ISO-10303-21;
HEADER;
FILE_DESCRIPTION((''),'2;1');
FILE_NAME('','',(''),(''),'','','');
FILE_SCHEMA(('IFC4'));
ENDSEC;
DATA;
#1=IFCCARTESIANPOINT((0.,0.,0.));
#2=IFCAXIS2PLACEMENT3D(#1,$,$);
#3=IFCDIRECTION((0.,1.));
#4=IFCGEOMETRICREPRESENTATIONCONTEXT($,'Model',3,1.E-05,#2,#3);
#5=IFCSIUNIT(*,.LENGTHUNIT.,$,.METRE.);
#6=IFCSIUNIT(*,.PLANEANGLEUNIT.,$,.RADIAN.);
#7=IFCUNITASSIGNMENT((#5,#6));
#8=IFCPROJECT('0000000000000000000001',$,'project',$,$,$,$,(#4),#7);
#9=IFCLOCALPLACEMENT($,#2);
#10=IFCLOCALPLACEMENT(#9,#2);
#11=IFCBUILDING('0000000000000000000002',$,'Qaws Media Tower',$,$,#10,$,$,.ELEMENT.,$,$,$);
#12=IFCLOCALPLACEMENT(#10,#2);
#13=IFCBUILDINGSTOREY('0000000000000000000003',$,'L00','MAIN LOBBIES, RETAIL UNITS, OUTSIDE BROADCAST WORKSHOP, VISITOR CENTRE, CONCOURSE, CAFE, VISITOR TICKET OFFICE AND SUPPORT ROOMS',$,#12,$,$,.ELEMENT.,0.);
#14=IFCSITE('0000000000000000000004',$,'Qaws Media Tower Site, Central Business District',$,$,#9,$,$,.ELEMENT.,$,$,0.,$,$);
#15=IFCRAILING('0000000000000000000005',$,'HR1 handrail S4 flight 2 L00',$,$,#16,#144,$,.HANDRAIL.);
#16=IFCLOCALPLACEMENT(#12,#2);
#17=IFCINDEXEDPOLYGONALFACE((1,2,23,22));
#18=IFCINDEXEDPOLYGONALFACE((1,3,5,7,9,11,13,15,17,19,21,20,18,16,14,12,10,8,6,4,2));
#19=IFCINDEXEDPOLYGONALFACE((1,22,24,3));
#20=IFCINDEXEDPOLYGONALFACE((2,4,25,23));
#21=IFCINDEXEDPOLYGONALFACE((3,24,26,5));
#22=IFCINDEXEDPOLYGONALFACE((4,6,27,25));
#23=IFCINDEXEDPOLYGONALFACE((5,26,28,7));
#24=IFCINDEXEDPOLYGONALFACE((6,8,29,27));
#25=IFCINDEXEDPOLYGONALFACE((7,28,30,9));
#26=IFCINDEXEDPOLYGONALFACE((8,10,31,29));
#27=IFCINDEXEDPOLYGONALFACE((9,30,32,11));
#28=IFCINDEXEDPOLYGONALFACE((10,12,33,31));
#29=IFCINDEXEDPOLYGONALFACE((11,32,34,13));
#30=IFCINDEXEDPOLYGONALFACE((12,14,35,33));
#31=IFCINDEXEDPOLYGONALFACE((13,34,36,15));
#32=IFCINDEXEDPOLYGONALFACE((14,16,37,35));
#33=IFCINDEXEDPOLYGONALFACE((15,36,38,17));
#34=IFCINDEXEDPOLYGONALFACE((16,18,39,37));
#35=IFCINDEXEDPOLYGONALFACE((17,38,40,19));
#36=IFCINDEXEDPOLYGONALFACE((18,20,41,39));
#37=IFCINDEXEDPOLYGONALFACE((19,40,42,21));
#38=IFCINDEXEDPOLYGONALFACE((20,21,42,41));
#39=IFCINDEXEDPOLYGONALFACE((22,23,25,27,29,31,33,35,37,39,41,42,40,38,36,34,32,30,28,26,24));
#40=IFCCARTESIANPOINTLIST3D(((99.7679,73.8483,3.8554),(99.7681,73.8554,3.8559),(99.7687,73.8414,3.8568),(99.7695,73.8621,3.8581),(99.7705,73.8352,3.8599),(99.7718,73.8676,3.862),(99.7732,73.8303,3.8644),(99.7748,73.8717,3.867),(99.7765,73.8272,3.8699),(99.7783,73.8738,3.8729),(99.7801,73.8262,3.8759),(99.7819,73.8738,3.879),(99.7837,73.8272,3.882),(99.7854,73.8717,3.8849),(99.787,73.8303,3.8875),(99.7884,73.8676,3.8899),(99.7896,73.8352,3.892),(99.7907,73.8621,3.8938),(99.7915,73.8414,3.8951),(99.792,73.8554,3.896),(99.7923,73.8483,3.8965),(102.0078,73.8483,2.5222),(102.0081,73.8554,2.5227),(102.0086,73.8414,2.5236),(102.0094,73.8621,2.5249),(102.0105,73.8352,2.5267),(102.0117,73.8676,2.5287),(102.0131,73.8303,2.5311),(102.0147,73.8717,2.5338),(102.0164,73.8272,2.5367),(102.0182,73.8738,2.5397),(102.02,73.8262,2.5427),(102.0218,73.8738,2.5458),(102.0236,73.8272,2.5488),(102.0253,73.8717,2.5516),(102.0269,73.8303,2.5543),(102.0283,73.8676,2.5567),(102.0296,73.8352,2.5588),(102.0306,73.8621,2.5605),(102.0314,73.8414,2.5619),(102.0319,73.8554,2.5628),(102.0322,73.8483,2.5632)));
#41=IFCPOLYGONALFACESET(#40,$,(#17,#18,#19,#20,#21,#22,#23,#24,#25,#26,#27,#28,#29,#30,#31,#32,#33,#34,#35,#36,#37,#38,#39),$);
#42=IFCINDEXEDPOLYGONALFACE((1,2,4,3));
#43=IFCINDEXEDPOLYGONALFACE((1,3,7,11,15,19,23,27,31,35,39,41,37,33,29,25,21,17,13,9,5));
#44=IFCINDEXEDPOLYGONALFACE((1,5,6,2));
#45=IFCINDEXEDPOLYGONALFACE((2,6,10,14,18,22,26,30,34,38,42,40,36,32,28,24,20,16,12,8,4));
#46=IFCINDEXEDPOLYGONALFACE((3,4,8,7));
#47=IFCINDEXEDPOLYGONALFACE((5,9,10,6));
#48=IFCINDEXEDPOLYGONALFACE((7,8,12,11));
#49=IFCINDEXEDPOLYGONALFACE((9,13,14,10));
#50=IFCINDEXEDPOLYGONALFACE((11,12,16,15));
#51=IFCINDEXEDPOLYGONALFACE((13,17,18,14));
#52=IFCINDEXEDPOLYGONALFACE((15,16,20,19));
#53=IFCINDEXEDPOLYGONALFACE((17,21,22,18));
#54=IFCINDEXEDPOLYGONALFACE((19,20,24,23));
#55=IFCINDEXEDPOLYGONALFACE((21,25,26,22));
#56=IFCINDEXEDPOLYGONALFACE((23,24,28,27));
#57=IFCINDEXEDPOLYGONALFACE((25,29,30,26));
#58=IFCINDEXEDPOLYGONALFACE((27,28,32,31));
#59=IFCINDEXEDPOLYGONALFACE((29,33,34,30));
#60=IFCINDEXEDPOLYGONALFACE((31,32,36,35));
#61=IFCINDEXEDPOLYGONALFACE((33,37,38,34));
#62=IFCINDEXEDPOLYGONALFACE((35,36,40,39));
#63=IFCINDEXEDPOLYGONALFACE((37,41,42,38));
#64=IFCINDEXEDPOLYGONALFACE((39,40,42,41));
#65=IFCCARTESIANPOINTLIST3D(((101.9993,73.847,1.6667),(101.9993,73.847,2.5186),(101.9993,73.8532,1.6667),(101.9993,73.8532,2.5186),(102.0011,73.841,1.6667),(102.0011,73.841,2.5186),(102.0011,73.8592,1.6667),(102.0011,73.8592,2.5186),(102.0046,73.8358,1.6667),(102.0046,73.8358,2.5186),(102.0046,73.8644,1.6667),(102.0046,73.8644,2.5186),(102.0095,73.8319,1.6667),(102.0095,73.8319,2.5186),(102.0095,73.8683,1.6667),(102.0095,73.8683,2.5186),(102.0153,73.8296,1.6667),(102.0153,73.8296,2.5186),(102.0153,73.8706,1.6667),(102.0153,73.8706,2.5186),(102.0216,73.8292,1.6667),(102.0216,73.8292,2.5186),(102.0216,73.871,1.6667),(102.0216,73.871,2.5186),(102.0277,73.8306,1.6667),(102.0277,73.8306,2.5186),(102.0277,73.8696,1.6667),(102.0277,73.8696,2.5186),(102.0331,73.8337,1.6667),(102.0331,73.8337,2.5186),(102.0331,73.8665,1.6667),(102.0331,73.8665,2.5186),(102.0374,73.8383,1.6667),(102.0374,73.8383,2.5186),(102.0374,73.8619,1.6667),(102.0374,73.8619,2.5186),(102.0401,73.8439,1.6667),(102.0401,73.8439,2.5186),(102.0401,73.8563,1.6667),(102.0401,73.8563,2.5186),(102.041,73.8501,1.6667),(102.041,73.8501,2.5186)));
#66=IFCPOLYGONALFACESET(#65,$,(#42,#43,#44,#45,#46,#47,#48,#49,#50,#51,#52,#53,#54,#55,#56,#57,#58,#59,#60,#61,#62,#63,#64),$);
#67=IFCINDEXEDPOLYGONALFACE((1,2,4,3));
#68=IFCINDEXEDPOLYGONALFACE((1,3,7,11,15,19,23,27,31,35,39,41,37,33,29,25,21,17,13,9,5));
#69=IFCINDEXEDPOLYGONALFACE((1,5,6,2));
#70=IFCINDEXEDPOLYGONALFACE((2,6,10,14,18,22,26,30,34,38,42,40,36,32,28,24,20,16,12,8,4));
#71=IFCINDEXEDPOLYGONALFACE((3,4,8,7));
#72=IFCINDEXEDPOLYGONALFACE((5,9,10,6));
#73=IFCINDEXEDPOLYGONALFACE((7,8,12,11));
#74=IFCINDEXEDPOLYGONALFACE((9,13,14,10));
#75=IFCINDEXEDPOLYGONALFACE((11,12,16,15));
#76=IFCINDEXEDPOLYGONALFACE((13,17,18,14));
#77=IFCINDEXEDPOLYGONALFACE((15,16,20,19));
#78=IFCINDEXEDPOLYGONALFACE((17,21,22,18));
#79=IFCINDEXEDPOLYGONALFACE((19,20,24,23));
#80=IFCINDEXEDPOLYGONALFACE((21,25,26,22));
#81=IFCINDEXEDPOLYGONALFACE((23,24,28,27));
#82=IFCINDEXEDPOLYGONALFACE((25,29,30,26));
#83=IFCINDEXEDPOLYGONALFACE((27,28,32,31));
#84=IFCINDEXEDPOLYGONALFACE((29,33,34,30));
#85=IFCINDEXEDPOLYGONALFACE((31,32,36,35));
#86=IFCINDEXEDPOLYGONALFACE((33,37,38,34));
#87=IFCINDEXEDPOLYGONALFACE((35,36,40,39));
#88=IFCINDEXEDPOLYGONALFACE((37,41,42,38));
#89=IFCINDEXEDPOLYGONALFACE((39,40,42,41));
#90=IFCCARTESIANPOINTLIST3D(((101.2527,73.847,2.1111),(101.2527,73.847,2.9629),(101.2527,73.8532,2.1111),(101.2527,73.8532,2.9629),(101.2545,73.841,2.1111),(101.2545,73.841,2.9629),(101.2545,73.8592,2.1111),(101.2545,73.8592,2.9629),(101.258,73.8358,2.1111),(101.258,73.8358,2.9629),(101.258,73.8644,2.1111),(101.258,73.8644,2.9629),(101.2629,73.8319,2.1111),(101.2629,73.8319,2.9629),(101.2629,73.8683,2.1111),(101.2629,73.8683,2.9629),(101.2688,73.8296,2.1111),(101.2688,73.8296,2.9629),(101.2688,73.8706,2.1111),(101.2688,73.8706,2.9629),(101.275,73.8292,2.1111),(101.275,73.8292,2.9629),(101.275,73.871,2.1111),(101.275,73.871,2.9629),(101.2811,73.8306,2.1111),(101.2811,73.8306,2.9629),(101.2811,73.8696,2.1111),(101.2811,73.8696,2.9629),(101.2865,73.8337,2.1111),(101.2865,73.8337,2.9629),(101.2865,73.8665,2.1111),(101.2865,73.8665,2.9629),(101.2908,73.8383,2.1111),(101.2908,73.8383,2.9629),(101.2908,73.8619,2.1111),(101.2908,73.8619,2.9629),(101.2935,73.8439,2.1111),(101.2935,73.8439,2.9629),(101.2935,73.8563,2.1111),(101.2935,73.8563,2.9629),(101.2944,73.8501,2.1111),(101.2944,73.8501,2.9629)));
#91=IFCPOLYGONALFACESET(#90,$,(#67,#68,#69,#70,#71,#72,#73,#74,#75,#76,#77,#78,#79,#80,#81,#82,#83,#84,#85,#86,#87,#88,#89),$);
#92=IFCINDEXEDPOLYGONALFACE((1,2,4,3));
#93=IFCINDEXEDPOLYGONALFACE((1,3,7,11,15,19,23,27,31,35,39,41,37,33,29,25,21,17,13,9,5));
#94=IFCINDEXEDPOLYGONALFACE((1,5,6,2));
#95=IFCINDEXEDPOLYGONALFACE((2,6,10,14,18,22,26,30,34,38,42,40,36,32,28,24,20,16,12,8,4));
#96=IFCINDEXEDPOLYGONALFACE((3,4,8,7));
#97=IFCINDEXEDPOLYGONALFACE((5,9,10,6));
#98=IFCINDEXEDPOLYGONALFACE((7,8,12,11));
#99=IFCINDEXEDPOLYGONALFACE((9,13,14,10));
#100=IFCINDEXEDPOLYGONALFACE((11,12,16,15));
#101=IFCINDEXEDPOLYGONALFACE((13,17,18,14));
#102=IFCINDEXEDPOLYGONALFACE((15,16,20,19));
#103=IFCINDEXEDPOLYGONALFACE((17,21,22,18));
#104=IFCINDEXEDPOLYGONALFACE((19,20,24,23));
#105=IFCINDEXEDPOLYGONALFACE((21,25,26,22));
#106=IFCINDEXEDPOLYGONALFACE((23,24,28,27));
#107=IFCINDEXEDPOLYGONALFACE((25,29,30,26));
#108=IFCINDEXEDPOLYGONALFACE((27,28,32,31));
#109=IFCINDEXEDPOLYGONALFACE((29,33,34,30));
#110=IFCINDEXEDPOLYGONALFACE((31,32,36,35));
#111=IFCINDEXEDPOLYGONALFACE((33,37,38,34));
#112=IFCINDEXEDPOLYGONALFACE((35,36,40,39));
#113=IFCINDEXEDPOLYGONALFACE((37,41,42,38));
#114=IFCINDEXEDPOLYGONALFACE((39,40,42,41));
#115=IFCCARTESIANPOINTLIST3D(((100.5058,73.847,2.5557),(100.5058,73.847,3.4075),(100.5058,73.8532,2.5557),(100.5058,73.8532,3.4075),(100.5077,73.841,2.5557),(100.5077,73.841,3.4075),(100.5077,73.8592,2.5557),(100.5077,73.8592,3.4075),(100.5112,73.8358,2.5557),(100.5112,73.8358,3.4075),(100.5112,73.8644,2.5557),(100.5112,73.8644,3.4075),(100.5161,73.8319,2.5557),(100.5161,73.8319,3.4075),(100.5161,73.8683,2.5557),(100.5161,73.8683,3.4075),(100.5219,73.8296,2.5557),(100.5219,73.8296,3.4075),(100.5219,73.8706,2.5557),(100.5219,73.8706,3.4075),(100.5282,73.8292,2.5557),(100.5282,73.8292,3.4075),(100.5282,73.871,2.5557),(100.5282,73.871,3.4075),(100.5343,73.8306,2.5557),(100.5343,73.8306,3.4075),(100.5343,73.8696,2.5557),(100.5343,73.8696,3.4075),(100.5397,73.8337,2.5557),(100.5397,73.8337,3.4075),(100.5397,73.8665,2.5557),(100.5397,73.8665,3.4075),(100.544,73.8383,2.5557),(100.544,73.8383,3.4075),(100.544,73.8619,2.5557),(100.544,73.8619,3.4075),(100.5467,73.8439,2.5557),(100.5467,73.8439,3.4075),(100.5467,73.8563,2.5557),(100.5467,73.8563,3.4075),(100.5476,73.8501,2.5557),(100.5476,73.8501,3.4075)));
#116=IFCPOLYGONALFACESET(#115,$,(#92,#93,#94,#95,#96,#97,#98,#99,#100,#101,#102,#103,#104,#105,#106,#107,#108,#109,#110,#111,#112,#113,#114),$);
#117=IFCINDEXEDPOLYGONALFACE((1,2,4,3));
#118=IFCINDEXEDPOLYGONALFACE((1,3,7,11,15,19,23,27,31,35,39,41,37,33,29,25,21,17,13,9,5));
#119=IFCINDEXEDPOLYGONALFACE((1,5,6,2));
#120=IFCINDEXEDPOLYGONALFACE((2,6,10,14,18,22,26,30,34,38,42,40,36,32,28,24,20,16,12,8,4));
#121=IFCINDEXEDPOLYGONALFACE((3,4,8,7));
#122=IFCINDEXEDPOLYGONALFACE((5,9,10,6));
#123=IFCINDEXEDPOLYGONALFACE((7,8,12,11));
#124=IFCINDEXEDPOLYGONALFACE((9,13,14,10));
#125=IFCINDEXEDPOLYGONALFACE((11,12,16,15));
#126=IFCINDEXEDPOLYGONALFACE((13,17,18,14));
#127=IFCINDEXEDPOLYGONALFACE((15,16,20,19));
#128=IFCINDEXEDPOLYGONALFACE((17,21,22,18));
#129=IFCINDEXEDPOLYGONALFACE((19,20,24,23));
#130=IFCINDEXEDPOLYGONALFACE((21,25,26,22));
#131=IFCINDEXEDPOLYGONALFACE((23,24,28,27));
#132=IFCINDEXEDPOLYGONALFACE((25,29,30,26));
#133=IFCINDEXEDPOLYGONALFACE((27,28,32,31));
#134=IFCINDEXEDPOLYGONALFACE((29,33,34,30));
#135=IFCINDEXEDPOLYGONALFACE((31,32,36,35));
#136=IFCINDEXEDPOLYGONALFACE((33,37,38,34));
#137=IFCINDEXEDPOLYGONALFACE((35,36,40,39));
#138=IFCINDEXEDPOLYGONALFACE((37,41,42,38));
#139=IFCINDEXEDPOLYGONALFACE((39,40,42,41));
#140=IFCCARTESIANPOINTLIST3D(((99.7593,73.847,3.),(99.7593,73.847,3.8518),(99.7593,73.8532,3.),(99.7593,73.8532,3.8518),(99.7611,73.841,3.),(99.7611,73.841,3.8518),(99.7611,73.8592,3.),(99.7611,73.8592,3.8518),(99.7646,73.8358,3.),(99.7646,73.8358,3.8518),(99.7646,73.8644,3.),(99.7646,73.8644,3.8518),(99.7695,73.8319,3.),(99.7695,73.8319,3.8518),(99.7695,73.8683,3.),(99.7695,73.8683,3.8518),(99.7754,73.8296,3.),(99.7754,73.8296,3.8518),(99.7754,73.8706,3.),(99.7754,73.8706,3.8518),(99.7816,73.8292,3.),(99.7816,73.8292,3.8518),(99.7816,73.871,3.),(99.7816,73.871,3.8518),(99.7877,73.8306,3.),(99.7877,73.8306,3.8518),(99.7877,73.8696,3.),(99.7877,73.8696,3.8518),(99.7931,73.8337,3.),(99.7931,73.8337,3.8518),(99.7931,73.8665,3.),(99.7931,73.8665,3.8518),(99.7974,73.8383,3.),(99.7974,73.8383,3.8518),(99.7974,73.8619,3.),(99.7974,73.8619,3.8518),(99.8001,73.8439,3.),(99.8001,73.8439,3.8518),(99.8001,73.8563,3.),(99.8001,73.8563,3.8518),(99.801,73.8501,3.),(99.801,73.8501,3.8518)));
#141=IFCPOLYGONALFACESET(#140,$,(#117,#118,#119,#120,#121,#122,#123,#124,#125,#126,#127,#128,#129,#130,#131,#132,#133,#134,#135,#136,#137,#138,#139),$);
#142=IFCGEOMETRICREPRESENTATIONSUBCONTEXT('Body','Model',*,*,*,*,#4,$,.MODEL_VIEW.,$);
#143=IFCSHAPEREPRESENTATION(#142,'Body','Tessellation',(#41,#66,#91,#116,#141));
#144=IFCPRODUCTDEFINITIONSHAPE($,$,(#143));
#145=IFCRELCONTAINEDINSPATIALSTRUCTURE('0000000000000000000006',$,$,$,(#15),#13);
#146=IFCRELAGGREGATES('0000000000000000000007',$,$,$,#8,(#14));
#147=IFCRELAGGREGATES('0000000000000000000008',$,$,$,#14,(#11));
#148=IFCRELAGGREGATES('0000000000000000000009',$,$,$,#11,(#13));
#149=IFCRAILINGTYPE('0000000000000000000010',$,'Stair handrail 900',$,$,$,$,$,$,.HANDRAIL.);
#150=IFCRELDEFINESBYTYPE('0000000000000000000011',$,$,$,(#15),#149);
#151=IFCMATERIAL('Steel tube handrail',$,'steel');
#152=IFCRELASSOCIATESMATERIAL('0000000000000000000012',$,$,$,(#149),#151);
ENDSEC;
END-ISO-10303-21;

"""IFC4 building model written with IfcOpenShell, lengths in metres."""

from ifc_helpers import new_model, si_unit, direction, frame, origin, origin_2d, place, context, subcontext, project, spatial, circle, extrude, material, type_object, element, save


model = new_model("IFC4")

# Units and contexts
model_context = context("Model", 3, precision=1e-05, world=origin(), true_north=direction((0.0, 1.0)))
body_context = subcontext(model_context, "Body", "Model", "MODEL_VIEW")
ifc_project = project(units=[si_unit("LENGTHUNIT", "METRE"), si_unit("PLANEANGLEUNIT", "RADIAN")], contexts=[model_context])

# Site, building, storey
site_placement = place(None, origin())
site = spatial("IfcSite", under=ifc_project, at=site_placement, Name="Qaws Media Tower Site, Central Business District", CompositionType="ELEMENT", RefElevation=0.0)
building_placement = place(site_placement, origin())
building = spatial("IfcBuilding", under=site, at=building_placement, Name="Qaws Media Tower", CompositionType="ELEMENT")
storey_placement = place(building_placement, origin())
storey = spatial("IfcBuildingStorey", under=building, at=storey_placement, Name="L00", Description="MAIN LOBBIES, RETAIL UNITS, OUTSIDE BROADCAST WORKSHOP, VISITOR CENTRE, CONCOURSE, CAFE, VISITOR TICKET OFFICE AND SUPPORT ROOMS", CompositionType="ELEMENT", Elevation=0.0)

# Railing
ifc_material_1 = material(Name="Steel tube handrail", Category="steel")
railing_type = type_object("IfcRailingType", Name="Stair handrail 900", PredefinedType="HANDRAIL", material=ifc_material_1)
for number, where, name in (
    (1, (102.02, 73.8501, 1.6667), "HR1 handrail S4 flight 2 L00"),
):
    element("IfcRailing", number, at=place(storey_placement, frame(where)), inside=storey, type_object=railing_type, Name=name, PredefinedType="HANDRAIL", context=body_context, shape_type="SweptSolid", body=[
        extrude(circle(Radius=0.0239, at=origin_2d()), frame((0.0, 0.0, 0.876), z_axis=(-0.859306, 0.0, 0.511462), x_axis=(0.0, -1.0, 0.0)), (0.0, 0.0, 1.0), 2.6067),
        extrude(circle(Radius=0.021, at=origin_2d()), origin(), (0.0, 0.0, 1.0), 0.8518),
        extrude(circle(Radius=0.021, at=origin_2d()), frame((-0.7466, 0.0, 0.4443)), (0.0, 0.0, 1.0), 0.8518),
        extrude(circle(Radius=0.021, at=origin_2d()), frame((-1.4934, 0.0, 0.8889)), (0.0, 0.0, 1.0), 0.8518),
        extrude(circle(Radius=0.021, at=origin_2d()), frame((-2.24, 0.0, 1.3333)), (0.0, 0.0, 1.0), 0.8518),
    ])

save(model, "model.ifc")
